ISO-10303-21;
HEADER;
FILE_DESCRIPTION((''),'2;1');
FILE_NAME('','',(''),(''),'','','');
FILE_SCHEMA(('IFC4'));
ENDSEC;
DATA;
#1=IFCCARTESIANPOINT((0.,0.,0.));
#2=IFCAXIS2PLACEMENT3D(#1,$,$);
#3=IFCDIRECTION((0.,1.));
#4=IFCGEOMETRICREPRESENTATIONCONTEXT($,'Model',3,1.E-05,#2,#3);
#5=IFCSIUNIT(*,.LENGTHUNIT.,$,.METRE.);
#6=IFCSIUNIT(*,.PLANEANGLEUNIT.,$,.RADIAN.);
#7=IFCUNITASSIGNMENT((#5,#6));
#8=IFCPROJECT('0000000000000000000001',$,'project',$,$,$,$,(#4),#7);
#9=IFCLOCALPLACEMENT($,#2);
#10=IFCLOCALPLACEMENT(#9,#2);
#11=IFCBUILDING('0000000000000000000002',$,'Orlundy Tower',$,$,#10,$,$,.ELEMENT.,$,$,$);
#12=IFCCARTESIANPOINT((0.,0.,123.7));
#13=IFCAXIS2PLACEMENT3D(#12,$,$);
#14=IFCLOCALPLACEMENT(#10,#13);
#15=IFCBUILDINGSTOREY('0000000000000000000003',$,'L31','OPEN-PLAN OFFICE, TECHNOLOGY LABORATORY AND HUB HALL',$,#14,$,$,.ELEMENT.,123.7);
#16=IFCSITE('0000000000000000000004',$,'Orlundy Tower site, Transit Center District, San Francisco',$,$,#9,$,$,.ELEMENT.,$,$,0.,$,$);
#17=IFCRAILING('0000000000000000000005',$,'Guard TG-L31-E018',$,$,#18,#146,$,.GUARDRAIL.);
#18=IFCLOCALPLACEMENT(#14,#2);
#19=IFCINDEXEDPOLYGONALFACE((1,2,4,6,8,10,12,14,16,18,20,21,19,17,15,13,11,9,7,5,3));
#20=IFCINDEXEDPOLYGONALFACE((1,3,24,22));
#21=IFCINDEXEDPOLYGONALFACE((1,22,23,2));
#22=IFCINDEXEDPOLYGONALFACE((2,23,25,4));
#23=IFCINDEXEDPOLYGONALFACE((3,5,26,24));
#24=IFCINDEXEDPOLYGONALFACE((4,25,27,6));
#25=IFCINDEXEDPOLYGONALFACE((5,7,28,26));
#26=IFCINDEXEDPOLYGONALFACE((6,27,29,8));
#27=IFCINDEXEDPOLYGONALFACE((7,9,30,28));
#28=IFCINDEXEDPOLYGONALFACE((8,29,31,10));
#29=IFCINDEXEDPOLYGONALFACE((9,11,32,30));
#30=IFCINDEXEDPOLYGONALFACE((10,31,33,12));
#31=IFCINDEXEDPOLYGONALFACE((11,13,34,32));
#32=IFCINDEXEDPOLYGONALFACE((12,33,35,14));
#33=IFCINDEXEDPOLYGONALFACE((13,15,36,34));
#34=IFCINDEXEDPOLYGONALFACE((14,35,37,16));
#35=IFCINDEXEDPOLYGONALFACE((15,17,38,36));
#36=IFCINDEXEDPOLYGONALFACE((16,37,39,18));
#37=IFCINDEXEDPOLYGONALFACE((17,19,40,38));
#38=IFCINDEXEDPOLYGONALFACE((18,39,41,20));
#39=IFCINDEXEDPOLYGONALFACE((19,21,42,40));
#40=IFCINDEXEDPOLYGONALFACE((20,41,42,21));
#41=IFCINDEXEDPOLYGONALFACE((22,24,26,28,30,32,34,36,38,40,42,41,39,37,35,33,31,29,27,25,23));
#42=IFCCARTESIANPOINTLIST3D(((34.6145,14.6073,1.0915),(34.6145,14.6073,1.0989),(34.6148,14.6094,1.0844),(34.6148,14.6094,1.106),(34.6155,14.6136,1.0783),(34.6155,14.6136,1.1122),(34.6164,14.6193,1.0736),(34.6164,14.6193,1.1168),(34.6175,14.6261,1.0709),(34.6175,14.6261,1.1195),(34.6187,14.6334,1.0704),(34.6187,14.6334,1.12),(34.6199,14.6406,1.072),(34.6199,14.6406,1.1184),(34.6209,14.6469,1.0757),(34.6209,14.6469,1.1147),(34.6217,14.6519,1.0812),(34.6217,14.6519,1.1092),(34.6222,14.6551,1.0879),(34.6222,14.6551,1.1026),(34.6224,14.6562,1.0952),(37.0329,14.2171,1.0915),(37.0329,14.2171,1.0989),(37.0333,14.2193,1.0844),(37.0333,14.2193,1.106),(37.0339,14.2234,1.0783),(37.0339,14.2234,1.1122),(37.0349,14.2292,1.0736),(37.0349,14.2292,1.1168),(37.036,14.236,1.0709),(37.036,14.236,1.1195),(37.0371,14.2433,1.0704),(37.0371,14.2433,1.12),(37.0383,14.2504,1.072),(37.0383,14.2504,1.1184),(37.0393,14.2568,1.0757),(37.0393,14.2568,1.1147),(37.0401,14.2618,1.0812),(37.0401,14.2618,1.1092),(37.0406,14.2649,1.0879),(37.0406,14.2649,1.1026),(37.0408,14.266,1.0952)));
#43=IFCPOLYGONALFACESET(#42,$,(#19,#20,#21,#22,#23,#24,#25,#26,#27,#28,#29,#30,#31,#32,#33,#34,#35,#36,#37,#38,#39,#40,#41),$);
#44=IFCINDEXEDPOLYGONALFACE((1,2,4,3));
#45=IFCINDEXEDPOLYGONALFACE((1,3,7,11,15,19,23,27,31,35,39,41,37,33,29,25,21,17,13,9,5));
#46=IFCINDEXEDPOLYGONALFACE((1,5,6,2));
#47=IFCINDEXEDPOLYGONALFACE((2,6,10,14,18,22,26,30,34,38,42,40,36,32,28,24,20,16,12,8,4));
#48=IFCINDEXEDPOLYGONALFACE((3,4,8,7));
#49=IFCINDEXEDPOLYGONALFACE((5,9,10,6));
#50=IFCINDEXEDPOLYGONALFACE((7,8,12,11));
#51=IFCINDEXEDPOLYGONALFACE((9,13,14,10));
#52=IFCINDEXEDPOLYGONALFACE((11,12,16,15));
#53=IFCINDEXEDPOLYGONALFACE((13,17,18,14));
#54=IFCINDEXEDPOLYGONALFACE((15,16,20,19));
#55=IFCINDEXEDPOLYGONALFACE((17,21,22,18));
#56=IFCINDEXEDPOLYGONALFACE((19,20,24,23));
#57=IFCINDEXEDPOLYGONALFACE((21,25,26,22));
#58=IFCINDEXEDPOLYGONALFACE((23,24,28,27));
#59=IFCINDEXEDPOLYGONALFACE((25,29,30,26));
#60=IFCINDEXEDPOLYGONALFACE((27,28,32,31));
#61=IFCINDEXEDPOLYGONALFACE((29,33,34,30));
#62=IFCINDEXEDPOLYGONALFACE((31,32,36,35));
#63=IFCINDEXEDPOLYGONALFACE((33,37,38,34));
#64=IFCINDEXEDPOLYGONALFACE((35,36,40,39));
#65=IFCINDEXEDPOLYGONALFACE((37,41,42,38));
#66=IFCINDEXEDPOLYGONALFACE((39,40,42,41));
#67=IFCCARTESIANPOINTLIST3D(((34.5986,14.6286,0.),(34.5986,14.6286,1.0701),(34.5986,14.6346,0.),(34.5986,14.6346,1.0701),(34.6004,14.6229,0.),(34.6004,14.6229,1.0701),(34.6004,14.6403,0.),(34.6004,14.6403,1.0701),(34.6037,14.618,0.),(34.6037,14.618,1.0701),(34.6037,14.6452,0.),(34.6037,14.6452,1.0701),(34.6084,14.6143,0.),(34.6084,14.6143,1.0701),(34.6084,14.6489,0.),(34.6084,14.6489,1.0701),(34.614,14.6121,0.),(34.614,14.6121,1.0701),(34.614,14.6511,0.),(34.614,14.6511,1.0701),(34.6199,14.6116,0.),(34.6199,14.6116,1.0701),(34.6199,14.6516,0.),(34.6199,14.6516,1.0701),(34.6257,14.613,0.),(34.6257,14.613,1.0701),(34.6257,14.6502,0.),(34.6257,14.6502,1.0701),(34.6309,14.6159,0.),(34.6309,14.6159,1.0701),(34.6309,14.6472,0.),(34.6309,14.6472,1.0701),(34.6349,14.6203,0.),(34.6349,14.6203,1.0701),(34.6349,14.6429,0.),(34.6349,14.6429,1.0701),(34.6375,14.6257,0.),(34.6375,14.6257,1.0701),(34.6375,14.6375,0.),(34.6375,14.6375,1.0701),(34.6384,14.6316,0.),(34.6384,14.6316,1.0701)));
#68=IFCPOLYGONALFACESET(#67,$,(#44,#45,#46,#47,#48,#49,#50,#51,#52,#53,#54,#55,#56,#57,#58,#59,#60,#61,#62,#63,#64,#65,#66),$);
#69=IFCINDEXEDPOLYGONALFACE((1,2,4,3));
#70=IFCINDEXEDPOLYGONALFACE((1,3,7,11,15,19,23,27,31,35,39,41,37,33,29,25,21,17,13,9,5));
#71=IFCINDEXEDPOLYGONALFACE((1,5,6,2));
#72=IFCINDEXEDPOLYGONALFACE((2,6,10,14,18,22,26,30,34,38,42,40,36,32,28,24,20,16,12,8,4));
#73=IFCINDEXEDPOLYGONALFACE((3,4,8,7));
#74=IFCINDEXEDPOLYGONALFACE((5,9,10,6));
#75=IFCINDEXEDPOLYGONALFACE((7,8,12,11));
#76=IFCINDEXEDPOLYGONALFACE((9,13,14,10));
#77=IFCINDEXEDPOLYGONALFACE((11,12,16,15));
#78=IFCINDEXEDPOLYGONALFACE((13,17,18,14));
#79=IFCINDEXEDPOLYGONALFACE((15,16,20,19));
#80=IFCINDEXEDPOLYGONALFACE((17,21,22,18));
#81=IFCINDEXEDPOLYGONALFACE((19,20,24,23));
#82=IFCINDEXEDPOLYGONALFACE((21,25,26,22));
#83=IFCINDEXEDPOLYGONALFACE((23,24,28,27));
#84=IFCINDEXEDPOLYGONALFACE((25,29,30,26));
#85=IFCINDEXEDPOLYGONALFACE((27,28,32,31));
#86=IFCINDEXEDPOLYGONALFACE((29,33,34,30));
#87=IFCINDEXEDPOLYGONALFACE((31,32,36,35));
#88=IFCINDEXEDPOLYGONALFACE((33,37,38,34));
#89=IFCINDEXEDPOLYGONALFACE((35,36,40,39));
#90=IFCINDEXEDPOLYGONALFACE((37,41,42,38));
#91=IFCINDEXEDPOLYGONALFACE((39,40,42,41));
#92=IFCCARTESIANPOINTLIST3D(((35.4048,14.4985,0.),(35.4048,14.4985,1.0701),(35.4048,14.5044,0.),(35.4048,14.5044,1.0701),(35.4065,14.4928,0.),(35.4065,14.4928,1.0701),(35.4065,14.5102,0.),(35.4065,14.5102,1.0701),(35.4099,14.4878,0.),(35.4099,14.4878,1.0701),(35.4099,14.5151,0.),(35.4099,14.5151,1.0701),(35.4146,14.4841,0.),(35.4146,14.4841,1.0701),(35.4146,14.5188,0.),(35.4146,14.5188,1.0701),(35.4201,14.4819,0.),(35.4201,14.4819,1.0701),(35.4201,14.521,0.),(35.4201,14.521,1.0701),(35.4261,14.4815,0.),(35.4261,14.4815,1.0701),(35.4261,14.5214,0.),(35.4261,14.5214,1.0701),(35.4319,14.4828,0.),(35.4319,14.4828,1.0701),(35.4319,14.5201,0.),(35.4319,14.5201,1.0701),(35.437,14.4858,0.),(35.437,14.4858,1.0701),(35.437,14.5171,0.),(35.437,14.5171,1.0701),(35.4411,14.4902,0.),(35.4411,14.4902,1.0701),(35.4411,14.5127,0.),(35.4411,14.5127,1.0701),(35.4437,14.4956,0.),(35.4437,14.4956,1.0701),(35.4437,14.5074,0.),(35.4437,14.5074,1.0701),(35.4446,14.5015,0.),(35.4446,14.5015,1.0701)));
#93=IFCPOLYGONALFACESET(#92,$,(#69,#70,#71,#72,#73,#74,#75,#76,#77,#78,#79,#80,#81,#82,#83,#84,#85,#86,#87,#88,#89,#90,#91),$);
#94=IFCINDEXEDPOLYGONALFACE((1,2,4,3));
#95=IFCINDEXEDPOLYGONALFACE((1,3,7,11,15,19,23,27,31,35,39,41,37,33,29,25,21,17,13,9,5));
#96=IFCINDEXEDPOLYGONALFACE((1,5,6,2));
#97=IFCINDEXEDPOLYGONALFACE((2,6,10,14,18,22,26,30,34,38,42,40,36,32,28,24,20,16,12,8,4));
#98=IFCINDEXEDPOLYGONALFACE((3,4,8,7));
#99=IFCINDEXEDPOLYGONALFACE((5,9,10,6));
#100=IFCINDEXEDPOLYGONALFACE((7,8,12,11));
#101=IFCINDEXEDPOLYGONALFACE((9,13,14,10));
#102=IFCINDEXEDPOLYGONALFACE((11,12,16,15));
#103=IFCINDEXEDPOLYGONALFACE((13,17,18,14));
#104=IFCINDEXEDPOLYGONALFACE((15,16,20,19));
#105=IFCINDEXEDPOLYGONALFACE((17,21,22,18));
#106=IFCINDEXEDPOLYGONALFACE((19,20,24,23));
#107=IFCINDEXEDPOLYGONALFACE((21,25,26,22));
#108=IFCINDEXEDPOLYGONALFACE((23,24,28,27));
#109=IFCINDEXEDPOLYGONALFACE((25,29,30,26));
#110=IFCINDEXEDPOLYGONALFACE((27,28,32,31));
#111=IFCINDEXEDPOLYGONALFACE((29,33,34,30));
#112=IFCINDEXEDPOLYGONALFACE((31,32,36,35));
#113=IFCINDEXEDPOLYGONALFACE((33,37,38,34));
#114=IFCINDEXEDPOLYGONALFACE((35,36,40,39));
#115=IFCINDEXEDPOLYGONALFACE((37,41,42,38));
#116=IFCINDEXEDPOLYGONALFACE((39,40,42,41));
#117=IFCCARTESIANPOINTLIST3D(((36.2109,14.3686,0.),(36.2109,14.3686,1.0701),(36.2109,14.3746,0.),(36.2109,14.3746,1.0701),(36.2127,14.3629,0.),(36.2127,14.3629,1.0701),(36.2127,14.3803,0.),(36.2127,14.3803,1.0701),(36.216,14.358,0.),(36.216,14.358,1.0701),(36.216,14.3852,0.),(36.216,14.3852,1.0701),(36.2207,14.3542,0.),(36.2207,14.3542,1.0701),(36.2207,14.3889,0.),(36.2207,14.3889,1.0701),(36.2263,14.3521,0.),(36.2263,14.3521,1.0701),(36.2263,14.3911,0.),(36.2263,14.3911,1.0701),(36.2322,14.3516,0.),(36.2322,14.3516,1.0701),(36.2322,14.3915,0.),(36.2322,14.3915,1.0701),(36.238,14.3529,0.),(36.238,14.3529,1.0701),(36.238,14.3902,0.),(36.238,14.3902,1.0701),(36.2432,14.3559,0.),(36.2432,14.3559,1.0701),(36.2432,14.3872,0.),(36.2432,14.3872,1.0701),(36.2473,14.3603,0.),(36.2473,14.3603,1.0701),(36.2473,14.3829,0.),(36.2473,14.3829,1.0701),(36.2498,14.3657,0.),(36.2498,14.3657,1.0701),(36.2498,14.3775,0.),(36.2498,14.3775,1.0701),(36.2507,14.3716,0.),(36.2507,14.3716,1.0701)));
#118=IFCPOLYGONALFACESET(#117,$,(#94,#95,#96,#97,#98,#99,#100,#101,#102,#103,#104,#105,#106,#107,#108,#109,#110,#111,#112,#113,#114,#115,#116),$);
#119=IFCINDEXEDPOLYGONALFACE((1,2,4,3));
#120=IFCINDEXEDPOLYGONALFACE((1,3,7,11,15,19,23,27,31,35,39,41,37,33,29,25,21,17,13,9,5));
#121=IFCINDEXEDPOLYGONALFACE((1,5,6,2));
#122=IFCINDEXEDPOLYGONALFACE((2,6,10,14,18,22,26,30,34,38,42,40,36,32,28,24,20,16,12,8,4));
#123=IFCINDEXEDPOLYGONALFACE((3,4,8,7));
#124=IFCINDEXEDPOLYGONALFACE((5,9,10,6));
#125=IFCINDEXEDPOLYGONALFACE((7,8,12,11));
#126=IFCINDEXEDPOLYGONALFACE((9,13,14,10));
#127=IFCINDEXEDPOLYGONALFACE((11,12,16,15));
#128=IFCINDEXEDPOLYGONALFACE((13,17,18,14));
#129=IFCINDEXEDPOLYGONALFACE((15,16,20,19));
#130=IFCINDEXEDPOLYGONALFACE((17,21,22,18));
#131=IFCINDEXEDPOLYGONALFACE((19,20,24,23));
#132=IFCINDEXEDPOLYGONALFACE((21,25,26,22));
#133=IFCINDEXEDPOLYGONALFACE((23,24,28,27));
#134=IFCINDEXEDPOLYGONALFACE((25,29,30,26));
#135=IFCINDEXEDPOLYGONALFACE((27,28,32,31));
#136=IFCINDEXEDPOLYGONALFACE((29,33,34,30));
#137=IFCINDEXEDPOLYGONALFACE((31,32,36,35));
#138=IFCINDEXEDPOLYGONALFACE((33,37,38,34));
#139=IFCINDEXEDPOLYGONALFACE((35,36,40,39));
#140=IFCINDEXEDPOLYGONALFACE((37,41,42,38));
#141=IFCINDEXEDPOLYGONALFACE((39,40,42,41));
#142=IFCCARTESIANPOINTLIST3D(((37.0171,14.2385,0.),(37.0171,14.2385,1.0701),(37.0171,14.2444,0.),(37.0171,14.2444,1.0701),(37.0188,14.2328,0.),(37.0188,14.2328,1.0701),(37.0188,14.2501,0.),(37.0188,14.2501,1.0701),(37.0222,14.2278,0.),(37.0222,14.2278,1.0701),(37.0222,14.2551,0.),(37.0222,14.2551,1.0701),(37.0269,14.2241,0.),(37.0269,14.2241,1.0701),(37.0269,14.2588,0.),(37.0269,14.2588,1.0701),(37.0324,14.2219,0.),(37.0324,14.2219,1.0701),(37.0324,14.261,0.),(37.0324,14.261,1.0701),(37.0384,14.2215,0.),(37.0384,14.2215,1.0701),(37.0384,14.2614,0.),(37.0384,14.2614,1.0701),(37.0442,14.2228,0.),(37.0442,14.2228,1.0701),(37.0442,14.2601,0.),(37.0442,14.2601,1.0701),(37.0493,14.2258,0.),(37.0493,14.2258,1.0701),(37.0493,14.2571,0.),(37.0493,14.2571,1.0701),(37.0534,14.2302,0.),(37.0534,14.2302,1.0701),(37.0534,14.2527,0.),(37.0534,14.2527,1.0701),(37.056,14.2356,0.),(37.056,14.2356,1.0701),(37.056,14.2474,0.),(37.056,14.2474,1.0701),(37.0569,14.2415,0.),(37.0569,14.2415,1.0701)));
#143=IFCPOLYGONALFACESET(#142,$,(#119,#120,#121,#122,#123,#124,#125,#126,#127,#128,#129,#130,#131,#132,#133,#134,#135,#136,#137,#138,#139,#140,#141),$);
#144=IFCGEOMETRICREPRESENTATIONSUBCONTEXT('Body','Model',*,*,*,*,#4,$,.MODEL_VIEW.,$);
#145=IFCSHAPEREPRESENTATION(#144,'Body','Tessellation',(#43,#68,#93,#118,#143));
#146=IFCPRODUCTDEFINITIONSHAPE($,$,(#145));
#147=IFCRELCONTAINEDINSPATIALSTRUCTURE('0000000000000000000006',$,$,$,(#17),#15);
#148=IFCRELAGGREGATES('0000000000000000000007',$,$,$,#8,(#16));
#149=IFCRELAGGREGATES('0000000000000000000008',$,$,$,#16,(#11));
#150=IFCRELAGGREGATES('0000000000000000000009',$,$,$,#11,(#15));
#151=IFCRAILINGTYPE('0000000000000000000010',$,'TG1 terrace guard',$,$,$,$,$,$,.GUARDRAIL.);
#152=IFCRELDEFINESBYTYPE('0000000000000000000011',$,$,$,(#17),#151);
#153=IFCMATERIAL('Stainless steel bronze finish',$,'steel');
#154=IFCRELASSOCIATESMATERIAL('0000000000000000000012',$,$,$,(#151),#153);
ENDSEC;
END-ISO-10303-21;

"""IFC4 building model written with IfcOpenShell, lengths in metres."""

from ifc_helpers import new_model, si_unit, direction, frame, origin, origin_2d, place, context, subcontext, project, spatial, circle, extrude, material, type_object, element, save


model = new_model("IFC4")

# Units and contexts
model_context = context("Model", 3, precision=1e-05, world=origin(), true_north=direction((0.0, 1.0)))
body_context = subcontext(model_context, "Body", "Model", "MODEL_VIEW")
ifc_project = project(units=[si_unit("LENGTHUNIT", "METRE"), si_unit("PLANEANGLEUNIT", "RADIAN")], contexts=[model_context])

# Site, building, storey
site_placement = place(None, origin())
site = spatial("IfcSite", under=ifc_project, at=site_placement, Name="Orlundy Tower site, Transit Center District, San Francisco", CompositionType="ELEMENT", RefElevation=0.0)
building_placement = place(site_placement, origin())
building = spatial("IfcBuilding", under=site, at=building_placement, Name="Orlundy Tower", CompositionType="ELEMENT")
storey_placement = place(building_placement, frame((0.0, 0.0, 123.7)))
storey = spatial("IfcBuildingStorey", under=building, at=storey_placement, Name="L31", Description="OPEN-PLAN OFFICE, TECHNOLOGY LABORATORY AND HUB HALL", CompositionType="ELEMENT", Elevation=123.7)

# Railing
ifc_material_1 = material(Name="Stainless steel bronze finish", Category="steel")
railing_type = type_object("IfcRailingType", Name="TG1 terrace guard", PredefinedType="GUARDRAIL", material=ifc_material_1)
railing_1_placement = place(storey_placement, frame((34.6184, 14.6316, 0.0)))
element("IfcRailing", 1, at=railing_1_placement, inside=storey, type_object=railing_type, Name="Guard TG-L31-E018", PredefinedType="GUARDRAIL", context=body_context, shape_type="SweptSolid", body=[
    extrude(circle(Radius=0.0249, at=origin_2d()), frame((0.0, 0.0, 1.0952), z_axis=(0.987237, -0.159258, 0.0), x_axis=(0.159258, 0.987237, 0.0)), (0.0, 0.0, 1.0), 2.4497),
    extrude(circle(Radius=0.02, at=origin_2d()), origin(), (0.0, 0.0, 1.0), 1.0701),
    extrude(circle(Radius=0.02, at=origin_2d()), frame((0.8062, -0.1301, 0.0)), (0.0, 0.0, 1.0), 1.0701),
    extrude(circle(Radius=0.02, at=origin_2d()), frame((1.6123, -0.26, 0.0)), (0.0, 0.0, 1.0), 1.0701),
    extrude(circle(Radius=0.02, at=origin_2d()), frame((2.4185, -0.3901, 0.0)), (0.0, 0.0, 1.0), 1.0701),
])

save(model, "model.ifc")
